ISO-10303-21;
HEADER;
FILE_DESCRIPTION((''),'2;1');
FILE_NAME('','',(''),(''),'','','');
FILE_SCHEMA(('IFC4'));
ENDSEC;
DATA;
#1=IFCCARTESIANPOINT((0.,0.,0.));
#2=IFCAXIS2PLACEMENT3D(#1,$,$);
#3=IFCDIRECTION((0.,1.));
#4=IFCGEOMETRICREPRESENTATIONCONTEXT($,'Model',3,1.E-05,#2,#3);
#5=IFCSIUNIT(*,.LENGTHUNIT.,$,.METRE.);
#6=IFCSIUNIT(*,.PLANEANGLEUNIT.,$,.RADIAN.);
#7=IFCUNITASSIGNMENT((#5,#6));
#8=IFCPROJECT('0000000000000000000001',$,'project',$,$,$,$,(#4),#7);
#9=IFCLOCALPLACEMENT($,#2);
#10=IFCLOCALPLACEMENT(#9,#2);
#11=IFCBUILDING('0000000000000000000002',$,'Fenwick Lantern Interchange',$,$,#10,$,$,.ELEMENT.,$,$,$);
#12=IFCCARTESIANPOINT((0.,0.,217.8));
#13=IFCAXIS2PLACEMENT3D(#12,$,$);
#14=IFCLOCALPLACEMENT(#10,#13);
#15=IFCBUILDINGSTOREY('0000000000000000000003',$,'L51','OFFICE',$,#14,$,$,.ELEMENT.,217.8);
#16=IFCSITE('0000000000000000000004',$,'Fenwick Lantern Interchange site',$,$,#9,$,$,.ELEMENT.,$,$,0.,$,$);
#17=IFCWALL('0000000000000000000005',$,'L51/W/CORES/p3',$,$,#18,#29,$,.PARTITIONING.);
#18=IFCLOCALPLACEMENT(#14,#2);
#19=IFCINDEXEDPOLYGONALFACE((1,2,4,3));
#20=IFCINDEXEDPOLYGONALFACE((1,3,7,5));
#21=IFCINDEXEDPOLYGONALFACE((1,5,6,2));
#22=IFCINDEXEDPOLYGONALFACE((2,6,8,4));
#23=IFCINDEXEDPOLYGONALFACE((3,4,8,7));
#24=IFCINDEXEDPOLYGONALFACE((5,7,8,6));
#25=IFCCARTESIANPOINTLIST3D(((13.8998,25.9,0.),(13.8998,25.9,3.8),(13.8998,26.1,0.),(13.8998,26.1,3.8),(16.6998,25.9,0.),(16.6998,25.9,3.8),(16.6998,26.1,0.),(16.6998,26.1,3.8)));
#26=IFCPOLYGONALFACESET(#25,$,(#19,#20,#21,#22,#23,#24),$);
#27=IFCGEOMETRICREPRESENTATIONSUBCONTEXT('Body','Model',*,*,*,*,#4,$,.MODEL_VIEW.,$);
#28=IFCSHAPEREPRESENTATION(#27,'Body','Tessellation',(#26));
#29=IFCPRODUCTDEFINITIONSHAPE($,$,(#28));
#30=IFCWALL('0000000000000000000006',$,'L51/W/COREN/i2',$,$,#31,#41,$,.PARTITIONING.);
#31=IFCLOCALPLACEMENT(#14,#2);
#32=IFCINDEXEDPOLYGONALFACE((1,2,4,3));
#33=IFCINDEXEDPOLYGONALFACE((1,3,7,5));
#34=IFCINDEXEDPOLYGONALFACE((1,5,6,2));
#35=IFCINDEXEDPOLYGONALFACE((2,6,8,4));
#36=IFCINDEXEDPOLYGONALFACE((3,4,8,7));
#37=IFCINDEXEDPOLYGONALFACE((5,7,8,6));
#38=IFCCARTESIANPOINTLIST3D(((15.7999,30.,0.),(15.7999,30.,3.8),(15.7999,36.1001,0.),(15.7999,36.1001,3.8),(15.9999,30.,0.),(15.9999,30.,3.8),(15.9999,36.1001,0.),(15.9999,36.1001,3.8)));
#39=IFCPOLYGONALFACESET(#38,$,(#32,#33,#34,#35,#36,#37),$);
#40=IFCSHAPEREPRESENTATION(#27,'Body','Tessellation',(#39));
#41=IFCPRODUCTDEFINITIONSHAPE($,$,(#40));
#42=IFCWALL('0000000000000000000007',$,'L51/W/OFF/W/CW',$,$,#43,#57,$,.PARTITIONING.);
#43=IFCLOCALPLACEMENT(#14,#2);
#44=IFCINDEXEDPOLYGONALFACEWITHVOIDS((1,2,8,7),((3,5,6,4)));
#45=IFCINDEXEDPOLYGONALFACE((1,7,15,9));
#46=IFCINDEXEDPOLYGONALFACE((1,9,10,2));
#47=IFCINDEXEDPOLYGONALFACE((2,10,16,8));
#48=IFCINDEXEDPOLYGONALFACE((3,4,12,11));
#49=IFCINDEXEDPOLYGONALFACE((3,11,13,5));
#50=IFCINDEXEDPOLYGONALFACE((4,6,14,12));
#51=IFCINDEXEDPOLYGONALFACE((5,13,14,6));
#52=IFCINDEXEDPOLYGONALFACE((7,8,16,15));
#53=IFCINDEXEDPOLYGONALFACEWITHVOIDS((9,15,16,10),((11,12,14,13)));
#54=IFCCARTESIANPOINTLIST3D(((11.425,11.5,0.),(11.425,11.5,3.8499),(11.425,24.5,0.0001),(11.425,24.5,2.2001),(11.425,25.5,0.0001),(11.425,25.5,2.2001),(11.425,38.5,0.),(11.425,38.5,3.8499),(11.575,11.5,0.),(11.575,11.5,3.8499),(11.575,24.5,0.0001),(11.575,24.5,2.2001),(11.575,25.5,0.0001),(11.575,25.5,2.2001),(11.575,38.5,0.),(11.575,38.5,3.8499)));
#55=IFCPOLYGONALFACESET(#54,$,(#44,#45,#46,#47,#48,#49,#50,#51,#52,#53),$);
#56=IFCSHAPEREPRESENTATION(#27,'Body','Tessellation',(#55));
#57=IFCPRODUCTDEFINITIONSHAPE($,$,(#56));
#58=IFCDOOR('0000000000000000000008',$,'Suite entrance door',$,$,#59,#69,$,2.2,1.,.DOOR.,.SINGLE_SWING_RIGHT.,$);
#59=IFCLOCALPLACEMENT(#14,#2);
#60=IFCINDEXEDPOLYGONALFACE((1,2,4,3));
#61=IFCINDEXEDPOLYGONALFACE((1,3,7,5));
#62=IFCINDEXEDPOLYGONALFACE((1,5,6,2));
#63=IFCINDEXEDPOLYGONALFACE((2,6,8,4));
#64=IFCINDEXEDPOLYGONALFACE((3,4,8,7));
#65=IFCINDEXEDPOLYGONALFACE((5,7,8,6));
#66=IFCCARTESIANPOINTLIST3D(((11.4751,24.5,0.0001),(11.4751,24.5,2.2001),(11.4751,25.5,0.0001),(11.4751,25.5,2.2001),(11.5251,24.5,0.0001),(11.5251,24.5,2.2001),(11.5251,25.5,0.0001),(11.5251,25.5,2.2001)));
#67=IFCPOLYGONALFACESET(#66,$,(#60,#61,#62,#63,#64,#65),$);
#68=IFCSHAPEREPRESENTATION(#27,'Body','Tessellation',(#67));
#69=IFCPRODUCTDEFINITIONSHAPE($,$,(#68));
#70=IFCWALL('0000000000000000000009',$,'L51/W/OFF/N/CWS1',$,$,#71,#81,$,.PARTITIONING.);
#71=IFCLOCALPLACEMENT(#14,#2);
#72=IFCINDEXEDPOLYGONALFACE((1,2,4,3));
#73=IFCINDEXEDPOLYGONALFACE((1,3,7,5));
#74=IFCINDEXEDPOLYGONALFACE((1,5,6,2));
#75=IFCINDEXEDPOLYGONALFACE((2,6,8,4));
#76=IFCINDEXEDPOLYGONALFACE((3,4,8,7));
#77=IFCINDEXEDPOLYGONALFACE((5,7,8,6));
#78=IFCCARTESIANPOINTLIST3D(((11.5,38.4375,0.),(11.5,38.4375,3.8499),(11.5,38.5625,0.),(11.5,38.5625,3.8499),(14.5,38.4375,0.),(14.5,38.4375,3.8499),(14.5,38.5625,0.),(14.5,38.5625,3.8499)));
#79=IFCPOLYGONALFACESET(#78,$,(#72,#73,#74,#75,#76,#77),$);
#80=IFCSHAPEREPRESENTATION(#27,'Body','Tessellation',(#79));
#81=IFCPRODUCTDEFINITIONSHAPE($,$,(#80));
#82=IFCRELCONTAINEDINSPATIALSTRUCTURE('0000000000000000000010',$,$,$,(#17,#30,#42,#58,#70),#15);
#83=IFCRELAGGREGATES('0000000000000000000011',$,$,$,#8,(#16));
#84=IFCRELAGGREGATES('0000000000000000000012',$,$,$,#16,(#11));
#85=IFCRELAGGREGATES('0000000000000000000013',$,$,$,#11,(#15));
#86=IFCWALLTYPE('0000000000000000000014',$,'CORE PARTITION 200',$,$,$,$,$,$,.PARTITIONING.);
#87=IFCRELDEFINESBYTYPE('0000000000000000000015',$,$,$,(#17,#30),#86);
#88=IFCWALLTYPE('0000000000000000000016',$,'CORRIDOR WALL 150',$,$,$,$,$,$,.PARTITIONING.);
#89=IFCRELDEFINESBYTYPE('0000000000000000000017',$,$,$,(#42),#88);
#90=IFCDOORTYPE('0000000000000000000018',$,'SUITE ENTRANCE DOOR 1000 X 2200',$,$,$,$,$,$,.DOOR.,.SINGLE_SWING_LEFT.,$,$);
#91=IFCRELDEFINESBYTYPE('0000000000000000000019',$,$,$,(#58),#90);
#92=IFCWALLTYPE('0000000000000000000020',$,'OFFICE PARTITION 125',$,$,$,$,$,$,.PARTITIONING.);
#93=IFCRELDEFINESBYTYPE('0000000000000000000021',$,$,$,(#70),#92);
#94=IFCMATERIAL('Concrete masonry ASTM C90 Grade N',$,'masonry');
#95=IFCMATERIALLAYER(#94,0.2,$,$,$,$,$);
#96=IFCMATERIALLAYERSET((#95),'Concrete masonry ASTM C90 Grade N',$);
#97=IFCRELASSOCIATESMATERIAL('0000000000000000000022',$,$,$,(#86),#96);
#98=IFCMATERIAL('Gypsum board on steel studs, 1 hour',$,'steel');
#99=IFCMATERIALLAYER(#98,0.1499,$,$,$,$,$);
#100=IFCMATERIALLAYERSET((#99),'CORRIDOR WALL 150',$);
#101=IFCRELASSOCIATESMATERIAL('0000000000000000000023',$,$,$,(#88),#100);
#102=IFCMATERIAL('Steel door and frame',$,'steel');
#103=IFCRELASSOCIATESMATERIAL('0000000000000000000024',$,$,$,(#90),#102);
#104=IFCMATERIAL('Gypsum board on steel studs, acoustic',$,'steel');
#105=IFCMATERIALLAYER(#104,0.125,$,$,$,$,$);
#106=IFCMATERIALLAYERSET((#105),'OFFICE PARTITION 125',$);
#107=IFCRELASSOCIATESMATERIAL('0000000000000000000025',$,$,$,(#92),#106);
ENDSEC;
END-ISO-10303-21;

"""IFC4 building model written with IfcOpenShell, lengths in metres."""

from ifc_helpers import new_model, si_unit, direction, frame, frame_2d, origin, place, context, subcontext, project, spatial, rectangle, extrude, material, layer, layer_set, type_object, element, fill, save


model = new_model("IFC4")

# Units and contexts
model_context = context("Model", 3, precision=1e-05, world=origin(), true_north=direction((0.0, 1.0)))
body_context = subcontext(model_context, "Body", "Model", "MODEL_VIEW")
ifc_project = project(units=[si_unit("LENGTHUNIT", "METRE"), si_unit("PLANEANGLEUNIT", "RADIAN")], contexts=[model_context])

# Site, building, storey
site_placement = place(None, origin())
site = spatial("IfcSite", under=ifc_project, at=site_placement, Name="Fenwick Lantern Interchange site", CompositionType="ELEMENT", RefElevation=0.0)
building_placement = place(site_placement, origin())
building = spatial("IfcBuilding", under=site, at=building_placement, Name="Fenwick Lantern Interchange", CompositionType="ELEMENT")
storey_placement = place(building_placement, frame((0.0, 0.0, 217.8)))
storey = spatial("IfcBuildingStorey", under=building, at=storey_placement, Name="L51", Description="OFFICE", CompositionType="ELEMENT", Elevation=217.8)

# Walls
ifc_material_1 = material(Name="Concrete masonry ASTM C90 Grade N", Category="masonry")
ifc_layer_1 = layer(ifc_material_1, 0.2)
ifc_layer_set_1 = layer_set([ifc_layer_1], Name="Concrete masonry ASTM C90 Grade N")
wall_type_1 = type_object("IfcWallType", Name="CORE PARTITION 200", PredefinedType="PARTITIONING", material=ifc_layer_set_1)
wall_1_placement = place(storey_placement, frame((13.8999, 26.0, 0.0), z_axis=(0.0, 0.0, 1.0), x_axis=(1.0, 0.0, 0.0)))
element("IfcWall", 1, at=wall_1_placement, inside=storey, type_object=wall_type_1, Name="L51/W/CORES/p3", PredefinedType="PARTITIONING", context=body_context, shape_type="SweptSolid", body=[
    extrude(rectangle(XDim=2.8, YDim=0.2, at=frame_2d((1.3999, 0.0))), origin(), (0.0, 0.0, 1.0), 3.8),
])
wall_2_placement = place(storey_placement, frame((15.8999, 36.1001, 0.0), z_axis=(0.0, 0.0, 1.0), x_axis=(0.0, -1.0, 0.0)))
element("IfcWall", 2, at=wall_2_placement, inside=storey, type_object=wall_type_1, Name="L51/W/COREN/i2", PredefinedType="PARTITIONING", context=body_context, shape_type="SweptSolid", body=[
    extrude(rectangle(XDim=6.1001, YDim=0.2, at=frame_2d((3.05, 0.0))), origin(), (0.0, 0.0, 1.0), 3.8),
])

# Shared definitions
ifc_material_2 = material(Name="Steel door and frame", Category="steel")

# Wall, opening, door
ifc_material_3 = material(Name="Gypsum board on steel studs, 1 hour", Category="steel")
ifc_layer_2 = layer(ifc_material_3, 0.1499)
ifc_layer_set_2 = layer_set([ifc_layer_2], Name="CORRIDOR WALL 150")
wall_type_2 = type_object("IfcWallType", Name="CORRIDOR WALL 150", PredefinedType="PARTITIONING", material=ifc_layer_set_2)
wall_3_placement = place(storey_placement, frame((11.5, 38.5, 0.0), z_axis=(0.0, 0.0, 1.0), x_axis=(0.0, -1.0, 0.0)))
wall_3 = element("IfcWall", 3, at=wall_3_placement, inside=storey, type_object=wall_type_2, Name="L51/W/OFF/W/CW", PredefinedType="PARTITIONING", context=body_context, shape_type="SweptSolid", body=[
    extrude(rectangle(XDim=27.0, YDim=0.1499, at=frame_2d((13.5, 0.0))), origin(), (0.0, 0.0, 1.0), 3.8499),
])
opening_1_placement = place(wall_3_placement, frame((13.0, 0.0, 0.0)))
opening_1 = element("IfcOpeningElement", 4, at=opening_1_placement, cuts=wall_3, PredefinedType="OPENING", context=body_context, shape_type="SweptSolid", body=[
    extrude(rectangle(XDim=1.0, YDim=2.2, at=frame_2d((0.5, 1.1001))), frame((0.0, 0.085, 0.0), z_axis=(0.0, -1.0, 0.0), x_axis=(1.0, 0.0, 0.0)), (0.0, 0.0, 1.0), 0.1699),
])
door_type_1 = type_object("IfcDoorType", Name="SUITE ENTRANCE DOOR 1000 X 2200", OperationType="SINGLE_SWING_LEFT", PredefinedType="DOOR", material=ifc_material_2)
door_1_placement = place(opening_1_placement, frame((1.0, 0.0, 0.0), z_axis=(0.0, 0.0, 1.0), x_axis=(-1.0, 0.0, 0.0)))
door_1 = element("IfcDoor", 5, at=door_1_placement, inside=storey, type_object=door_type_1, Name="Suite entrance door", OperationType="SINGLE_SWING_RIGHT", OverallHeight=2.2, OverallWidth=1.0, PredefinedType="DOOR", context=body_context, shape_type="SweptSolid", body=[
    extrude(rectangle(XDim=1.0, YDim=2.2, at=frame_2d((0.5, 1.1001))), frame((0.0, 0.0249, 0.0), z_axis=(0.0, -1.0, 0.0), x_axis=(1.0, 0.0, 0.0)), (0.0, 0.0, 1.0), 0.05),
])
fill(opening_1, door_1)

# Wall
ifc_material_4 = material(Name="Gypsum board on steel studs, acoustic", Category="steel")
ifc_layer_3 = layer(ifc_material_4, 0.125)
ifc_layer_set_3 = layer_set([ifc_layer_3], Name="OFFICE PARTITION 125")
wall_type_3 = type_object("IfcWallType", Name="OFFICE PARTITION 125", PredefinedType="PARTITIONING", material=ifc_layer_set_3)
wall_4_placement = place(storey_placement, frame((14.5, 38.5, 0.0), z_axis=(0.0, 0.0, 1.0), x_axis=(-1.0, 0.0, 0.0)))
element("IfcWall", 6, at=wall_4_placement, inside=storey, type_object=wall_type_3, Name="L51/W/OFF/N/CWS1", PredefinedType="PARTITIONING", context=body_context, shape_type="SweptSolid", body=[
    extrude(rectangle(XDim=3.0, YDim=0.125, at=frame_2d((1.5, 0.0))), origin(), (0.0, 0.0, 1.0), 3.8499),
])

save(model, "model.ifc")
